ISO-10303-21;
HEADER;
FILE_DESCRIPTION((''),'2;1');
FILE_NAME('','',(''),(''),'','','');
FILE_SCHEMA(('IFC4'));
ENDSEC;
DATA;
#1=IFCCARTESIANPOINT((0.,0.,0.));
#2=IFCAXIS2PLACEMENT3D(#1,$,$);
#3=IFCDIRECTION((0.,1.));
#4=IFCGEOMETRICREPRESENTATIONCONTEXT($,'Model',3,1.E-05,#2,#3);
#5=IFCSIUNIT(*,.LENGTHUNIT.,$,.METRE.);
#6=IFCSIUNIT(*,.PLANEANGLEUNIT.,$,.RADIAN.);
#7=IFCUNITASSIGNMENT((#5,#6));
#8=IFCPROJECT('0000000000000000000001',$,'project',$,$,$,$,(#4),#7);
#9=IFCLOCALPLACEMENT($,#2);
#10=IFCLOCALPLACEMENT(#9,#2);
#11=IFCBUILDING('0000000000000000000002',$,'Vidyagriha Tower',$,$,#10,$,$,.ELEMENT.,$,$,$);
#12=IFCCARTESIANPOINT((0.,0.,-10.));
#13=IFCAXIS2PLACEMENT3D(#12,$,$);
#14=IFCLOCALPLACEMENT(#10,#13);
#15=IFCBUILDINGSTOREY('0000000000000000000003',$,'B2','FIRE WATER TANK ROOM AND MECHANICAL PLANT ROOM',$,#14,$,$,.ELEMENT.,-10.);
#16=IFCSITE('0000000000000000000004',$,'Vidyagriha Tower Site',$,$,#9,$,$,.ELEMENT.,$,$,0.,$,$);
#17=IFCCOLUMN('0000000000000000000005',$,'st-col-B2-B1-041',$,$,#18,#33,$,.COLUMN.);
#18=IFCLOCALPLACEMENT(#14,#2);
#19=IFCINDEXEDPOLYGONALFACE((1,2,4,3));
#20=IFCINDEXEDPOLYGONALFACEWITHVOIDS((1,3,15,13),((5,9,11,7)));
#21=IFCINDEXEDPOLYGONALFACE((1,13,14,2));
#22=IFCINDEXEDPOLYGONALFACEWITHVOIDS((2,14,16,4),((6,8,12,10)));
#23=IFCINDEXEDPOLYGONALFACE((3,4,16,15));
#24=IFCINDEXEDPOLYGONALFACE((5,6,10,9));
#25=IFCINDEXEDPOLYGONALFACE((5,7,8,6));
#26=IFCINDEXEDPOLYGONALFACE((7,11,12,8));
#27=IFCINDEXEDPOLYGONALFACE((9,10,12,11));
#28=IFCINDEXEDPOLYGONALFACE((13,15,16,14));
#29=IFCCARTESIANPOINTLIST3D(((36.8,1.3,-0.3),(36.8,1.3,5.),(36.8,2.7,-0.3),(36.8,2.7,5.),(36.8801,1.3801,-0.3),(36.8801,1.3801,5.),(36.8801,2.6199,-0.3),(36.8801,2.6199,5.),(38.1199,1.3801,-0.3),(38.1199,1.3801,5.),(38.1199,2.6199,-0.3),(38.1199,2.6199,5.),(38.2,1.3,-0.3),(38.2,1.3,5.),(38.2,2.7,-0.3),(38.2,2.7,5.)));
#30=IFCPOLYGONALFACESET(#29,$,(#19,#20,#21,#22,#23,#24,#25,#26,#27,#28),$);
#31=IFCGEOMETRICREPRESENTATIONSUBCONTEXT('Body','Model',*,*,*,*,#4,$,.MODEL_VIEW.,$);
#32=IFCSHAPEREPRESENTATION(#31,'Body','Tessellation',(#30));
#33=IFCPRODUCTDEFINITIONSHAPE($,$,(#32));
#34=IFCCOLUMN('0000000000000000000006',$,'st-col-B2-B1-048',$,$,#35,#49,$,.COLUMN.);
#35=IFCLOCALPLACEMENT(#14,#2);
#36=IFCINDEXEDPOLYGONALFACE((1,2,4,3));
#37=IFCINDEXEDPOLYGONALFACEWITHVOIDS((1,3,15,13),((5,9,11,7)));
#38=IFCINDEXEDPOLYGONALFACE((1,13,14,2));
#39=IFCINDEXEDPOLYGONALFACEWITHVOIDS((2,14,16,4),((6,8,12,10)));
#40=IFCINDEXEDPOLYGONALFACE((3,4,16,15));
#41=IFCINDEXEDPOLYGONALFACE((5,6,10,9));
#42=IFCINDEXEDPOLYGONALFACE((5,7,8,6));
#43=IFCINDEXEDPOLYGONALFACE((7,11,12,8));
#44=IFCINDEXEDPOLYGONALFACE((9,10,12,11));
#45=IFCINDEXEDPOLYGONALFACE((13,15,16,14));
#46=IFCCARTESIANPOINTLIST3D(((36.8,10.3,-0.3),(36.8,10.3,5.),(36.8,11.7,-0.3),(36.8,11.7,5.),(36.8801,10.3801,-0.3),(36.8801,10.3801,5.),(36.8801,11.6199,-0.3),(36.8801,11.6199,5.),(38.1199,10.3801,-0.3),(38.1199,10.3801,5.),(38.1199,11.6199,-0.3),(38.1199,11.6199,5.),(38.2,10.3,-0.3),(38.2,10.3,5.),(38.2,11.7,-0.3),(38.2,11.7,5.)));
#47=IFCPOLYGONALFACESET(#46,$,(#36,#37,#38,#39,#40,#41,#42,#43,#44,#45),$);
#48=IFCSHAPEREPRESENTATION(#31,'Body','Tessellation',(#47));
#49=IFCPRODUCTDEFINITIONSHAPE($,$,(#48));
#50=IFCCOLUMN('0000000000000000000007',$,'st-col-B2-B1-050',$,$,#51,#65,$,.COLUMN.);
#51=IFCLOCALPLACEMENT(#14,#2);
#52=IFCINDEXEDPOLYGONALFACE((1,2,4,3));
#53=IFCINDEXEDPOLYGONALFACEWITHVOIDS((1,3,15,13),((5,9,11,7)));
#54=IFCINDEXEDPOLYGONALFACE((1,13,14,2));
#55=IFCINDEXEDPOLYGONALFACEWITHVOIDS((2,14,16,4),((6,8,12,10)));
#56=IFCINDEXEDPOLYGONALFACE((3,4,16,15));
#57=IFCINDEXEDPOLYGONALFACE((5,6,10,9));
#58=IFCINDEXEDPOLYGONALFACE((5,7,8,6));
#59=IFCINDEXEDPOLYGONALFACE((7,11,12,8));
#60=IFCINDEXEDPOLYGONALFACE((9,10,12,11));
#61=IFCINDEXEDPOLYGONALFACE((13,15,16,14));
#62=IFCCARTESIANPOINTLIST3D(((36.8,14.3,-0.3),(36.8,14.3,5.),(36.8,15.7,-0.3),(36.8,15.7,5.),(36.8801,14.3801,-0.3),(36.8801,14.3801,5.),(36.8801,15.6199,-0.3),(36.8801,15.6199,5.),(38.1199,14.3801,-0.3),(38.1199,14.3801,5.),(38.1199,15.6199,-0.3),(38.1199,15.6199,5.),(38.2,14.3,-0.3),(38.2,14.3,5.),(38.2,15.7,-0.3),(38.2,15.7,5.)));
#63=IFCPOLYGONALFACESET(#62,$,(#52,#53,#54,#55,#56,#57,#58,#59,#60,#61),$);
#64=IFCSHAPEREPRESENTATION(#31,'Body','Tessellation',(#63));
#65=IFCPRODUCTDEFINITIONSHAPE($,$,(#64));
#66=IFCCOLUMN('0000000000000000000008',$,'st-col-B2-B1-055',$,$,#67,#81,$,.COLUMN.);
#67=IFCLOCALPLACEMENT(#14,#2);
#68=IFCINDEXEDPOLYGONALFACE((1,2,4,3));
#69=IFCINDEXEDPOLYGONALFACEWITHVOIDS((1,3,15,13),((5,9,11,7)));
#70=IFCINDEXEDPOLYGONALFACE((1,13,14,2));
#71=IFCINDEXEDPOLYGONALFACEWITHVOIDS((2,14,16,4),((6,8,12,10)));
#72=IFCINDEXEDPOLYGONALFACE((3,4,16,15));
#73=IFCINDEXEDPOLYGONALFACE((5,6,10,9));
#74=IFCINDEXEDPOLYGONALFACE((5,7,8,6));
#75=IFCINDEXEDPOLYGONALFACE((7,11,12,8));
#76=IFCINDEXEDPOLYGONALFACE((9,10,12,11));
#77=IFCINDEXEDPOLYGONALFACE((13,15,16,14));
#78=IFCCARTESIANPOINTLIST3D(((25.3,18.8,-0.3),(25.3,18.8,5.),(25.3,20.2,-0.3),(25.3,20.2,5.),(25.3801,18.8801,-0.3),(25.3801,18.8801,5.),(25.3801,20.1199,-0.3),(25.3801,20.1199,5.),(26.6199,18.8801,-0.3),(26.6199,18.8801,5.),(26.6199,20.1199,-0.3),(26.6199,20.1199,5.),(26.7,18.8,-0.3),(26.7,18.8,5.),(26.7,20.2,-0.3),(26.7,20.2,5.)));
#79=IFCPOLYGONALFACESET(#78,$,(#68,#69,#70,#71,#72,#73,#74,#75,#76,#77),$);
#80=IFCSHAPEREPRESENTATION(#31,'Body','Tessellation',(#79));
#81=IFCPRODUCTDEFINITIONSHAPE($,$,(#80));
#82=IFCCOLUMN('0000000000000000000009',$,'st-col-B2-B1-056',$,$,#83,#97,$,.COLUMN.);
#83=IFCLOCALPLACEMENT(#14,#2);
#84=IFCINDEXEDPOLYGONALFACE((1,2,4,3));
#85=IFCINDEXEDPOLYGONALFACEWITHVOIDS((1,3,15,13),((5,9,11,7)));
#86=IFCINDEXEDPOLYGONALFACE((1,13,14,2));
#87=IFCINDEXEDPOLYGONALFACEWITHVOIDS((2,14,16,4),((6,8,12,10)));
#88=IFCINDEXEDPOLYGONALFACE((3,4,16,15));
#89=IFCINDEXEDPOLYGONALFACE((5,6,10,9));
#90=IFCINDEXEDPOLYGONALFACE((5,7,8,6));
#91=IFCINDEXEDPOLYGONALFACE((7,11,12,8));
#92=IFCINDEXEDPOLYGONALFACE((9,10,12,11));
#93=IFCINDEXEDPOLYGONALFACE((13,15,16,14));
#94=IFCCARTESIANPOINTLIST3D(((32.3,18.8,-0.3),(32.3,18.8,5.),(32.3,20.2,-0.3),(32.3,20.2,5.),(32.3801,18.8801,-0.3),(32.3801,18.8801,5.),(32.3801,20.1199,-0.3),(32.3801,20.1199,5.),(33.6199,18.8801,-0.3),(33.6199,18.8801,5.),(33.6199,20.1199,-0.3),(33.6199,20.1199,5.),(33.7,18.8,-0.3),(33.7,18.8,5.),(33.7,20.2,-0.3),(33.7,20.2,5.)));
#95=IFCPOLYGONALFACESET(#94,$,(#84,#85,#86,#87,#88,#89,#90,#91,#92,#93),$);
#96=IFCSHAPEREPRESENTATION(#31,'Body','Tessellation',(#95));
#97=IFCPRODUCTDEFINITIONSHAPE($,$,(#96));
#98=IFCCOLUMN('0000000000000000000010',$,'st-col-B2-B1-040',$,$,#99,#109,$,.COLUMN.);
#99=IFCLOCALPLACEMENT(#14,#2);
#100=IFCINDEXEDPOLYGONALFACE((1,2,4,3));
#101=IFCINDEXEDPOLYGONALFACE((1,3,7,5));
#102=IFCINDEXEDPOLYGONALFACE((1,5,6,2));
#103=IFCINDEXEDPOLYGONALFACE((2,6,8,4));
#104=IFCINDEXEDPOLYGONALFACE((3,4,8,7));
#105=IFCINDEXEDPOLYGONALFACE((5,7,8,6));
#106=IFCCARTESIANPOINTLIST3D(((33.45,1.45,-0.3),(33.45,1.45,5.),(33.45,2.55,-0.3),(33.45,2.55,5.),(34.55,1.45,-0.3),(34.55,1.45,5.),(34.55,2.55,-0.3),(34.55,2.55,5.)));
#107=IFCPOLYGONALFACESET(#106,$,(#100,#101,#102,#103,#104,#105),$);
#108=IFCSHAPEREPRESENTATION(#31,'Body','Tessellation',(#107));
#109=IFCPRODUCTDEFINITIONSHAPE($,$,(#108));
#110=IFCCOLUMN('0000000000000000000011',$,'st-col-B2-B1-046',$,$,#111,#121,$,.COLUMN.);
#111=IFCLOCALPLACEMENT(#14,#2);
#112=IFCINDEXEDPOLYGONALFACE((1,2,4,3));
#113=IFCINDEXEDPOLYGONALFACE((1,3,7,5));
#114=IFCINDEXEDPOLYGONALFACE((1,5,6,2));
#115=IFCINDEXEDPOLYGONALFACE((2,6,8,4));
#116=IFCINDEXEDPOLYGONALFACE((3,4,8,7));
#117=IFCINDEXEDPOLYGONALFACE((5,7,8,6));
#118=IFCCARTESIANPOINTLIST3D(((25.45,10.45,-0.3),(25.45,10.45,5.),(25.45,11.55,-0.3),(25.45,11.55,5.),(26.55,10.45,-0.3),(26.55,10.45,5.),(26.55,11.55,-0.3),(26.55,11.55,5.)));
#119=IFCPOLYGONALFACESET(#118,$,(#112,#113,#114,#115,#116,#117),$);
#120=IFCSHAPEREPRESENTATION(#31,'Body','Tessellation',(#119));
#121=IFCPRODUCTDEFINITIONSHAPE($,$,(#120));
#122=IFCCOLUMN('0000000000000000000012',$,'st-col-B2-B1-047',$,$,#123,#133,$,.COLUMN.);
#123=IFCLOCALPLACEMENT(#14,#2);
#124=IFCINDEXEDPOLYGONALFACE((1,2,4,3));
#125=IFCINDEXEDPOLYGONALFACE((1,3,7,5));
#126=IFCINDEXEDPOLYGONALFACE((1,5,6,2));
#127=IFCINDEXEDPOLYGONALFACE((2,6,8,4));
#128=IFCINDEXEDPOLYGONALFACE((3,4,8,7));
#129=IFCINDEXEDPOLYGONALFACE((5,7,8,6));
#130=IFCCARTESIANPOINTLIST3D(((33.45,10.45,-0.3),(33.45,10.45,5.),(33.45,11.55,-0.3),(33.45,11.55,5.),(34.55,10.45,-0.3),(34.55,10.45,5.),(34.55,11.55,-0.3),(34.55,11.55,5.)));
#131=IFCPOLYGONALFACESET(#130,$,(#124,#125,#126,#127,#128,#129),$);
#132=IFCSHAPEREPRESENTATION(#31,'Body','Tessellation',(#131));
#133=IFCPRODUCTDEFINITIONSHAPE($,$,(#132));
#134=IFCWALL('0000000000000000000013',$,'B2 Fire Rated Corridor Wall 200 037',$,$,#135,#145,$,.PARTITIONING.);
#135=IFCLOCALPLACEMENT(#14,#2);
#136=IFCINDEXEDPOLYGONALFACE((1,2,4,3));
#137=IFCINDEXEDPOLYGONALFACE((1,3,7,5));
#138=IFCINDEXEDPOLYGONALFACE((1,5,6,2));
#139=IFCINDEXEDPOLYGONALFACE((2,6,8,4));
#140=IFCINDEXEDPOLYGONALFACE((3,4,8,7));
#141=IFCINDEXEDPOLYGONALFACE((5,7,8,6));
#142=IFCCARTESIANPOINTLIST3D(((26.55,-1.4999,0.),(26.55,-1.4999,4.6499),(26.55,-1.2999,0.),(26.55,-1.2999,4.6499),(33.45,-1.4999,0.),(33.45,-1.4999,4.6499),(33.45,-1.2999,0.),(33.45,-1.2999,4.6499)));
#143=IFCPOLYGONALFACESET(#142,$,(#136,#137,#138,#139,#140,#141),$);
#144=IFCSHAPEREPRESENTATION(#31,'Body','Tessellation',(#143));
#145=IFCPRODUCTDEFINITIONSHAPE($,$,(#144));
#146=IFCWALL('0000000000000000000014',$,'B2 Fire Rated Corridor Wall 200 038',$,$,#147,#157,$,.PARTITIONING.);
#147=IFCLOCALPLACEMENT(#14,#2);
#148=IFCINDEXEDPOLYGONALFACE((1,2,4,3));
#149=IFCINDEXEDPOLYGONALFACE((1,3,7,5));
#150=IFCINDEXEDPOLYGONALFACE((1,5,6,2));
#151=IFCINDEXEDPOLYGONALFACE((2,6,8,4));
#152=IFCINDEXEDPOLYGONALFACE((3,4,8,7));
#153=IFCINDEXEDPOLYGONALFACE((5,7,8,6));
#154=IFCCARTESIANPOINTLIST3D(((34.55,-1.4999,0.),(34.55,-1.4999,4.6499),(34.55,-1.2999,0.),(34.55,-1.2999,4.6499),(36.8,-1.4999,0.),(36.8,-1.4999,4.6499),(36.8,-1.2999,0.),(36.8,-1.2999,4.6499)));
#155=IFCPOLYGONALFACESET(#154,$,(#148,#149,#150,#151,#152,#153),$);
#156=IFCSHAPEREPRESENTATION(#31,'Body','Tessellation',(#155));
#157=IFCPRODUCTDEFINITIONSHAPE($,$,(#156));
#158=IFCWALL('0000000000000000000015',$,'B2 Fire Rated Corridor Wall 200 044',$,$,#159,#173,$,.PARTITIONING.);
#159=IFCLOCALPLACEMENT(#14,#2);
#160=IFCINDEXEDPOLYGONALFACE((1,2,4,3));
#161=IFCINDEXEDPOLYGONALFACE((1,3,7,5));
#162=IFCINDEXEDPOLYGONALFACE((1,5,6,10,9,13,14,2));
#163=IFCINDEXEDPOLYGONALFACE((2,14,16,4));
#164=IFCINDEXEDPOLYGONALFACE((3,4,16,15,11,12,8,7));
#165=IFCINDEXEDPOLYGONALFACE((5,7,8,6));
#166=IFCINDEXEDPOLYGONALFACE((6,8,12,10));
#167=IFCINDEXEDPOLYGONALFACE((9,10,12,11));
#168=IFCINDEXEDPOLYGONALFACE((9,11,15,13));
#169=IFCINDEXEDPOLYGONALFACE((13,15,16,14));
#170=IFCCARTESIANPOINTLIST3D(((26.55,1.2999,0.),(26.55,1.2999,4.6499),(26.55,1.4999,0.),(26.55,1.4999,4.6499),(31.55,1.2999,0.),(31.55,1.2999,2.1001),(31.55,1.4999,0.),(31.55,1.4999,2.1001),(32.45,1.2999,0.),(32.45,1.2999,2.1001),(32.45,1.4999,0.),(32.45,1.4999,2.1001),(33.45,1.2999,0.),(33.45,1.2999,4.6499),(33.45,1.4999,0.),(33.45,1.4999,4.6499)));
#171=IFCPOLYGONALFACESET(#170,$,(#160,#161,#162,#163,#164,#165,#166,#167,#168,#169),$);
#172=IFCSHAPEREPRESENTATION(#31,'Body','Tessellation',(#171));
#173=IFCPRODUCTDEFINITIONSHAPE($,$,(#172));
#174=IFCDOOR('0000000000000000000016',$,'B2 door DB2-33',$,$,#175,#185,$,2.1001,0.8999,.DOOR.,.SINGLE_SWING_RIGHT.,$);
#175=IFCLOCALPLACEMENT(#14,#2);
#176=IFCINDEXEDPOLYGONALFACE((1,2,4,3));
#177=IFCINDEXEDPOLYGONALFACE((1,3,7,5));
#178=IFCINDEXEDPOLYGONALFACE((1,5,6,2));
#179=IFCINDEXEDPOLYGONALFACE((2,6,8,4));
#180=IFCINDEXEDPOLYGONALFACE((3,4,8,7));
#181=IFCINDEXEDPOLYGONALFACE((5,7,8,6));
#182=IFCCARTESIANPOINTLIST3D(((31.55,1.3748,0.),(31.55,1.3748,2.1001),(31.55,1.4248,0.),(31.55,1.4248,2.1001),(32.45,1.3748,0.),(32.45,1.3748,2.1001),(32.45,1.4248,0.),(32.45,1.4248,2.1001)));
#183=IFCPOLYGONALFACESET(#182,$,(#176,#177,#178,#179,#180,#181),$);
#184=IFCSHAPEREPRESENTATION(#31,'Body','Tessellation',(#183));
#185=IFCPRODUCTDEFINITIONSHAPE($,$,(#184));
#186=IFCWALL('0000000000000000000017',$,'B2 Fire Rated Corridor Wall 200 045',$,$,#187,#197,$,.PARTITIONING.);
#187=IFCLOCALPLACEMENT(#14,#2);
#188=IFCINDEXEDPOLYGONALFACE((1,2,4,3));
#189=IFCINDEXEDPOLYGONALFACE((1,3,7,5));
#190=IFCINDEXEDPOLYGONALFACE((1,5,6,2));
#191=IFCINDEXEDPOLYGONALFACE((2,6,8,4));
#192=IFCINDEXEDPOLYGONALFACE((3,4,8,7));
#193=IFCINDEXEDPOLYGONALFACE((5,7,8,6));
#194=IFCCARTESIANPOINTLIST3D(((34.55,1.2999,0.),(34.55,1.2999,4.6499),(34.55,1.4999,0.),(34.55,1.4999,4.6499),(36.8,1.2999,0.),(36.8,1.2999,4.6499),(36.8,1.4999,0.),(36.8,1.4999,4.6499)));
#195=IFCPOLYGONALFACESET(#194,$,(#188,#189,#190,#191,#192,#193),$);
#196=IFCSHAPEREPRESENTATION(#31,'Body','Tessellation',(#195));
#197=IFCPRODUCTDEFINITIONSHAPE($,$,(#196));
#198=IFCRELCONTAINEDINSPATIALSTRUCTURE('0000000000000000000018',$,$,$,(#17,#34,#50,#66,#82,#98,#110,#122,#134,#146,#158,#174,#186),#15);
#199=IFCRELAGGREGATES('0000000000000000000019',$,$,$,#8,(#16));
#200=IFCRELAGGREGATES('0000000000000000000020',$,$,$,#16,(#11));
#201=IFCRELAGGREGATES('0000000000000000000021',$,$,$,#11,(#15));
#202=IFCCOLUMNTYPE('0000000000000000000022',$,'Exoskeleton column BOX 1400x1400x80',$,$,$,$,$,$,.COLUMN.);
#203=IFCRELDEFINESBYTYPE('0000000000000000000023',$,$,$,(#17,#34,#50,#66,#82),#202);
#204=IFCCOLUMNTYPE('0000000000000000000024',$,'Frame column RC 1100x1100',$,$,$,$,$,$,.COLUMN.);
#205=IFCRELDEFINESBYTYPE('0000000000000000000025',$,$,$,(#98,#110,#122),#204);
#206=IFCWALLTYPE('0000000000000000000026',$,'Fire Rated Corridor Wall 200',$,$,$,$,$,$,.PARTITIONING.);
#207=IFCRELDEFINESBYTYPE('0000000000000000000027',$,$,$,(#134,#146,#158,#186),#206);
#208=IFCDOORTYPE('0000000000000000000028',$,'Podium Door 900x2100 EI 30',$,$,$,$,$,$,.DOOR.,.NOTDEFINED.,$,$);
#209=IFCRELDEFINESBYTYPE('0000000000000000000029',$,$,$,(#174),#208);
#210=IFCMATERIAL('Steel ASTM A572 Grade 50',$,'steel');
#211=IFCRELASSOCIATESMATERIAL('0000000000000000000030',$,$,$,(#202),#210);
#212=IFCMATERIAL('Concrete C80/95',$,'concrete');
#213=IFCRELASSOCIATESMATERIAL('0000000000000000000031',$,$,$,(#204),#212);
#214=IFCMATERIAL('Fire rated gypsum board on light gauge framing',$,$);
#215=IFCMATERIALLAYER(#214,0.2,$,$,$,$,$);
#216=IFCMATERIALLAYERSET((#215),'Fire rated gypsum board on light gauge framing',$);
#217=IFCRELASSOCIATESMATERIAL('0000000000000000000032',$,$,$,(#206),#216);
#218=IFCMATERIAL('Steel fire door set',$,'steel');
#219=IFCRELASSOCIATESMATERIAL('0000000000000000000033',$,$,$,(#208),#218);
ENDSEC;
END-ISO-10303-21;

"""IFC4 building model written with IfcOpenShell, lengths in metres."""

from ifc_helpers import new_model, si_unit, direction, frame, frame_2d, origin, origin_2d, place, context, subcontext, project, spatial, rectangle, hollow_rectangle, extrude, material, layer, layer_set, material_profile, profile_set, type_object, element, fill, save


model = new_model("IFC4")

# Units and contexts
model_context = context("Model", 3, precision=1e-05, world=origin(), true_north=direction((0.0, 1.0)))
body_context = subcontext(model_context, "Body", "Model", "MODEL_VIEW")
ifc_project = project(units=[si_unit("LENGTHUNIT", "METRE"), si_unit("PLANEANGLEUNIT", "RADIAN")], contexts=[model_context])

# Site, building, storey
site_placement = place(None, origin())
site = spatial("IfcSite", under=ifc_project, at=site_placement, Name="Vidyagriha Tower Site", CompositionType="ELEMENT", RefElevation=0.0)
building_placement = place(site_placement, origin())
building = spatial("IfcBuilding", under=site, at=building_placement, Name="Vidyagriha Tower", CompositionType="ELEMENT")
storey_placement = place(building_placement, frame((0.0, 0.0, -10.0)))
storey = spatial("IfcBuildingStorey", under=building, at=storey_placement, Name="B2", Description="FIRE WATER TANK ROOM AND MECHANICAL PLANT ROOM", CompositionType="ELEMENT", Elevation=-10.0)

# Columns
ifc_material_1 = material(Name="Steel ASTM A572 Grade 50", Category="steel")
ifc_material_profile_1 = material_profile(ifc_material_1, hollow_rectangle(XDim=1.3999, YDim=1.3999, WallThickness=0.0801, at=origin_2d()), Name="BOX 1400x1400x80")
ifc_profile_set_1 = profile_set([ifc_material_profile_1], Name="Steel ASTM A572 Grade 50")
column_type_1 = type_object("IfcColumnType", Name="Exoskeleton column BOX 1400x1400x80", PredefinedType="COLUMN", material=ifc_profile_set_1)
for number, where, name in (
    (1, (37.5, 2.0, -0.3), "st-col-B2-B1-041"),
    (2, (37.5, 11.0, -0.3), "st-col-B2-B1-048"),
    (3, (37.5, 15.0, -0.3), "st-col-B2-B1-050"),
    (4, (26.0, 19.5, -0.3), "st-col-B2-B1-055"),
    (5, (33.0, 19.5, -0.3), "st-col-B2-B1-056"),
):
    element("IfcColumn", number, at=place(storey_placement, frame(where)), inside=storey, type_object=column_type_1, Name=name, PredefinedType="COLUMN", context=body_context, shape_type="SweptSolid", body=[
        extrude(hollow_rectangle(XDim=1.3999, YDim=1.3999, WallThickness=0.0801, at=origin_2d()), origin(), (0.0, 0.0, 1.0), 5.3),
    ])
ifc_material_2 = material(Name="Concrete C80/95", Category="concrete")
ifc_material_profile_2 = material_profile(ifc_material_2, rectangle(XDim=1.1001, YDim=1.1001, at=origin_2d()), Name="RC 1100x1100")
ifc_profile_set_2 = profile_set([ifc_material_profile_2], Name="Concrete C80/95")
column_type_2 = type_object("IfcColumnType", Name="Frame column RC 1100x1100", PredefinedType="COLUMN", material=ifc_profile_set_2)
for number, where, name in (
    (6, (34.0, 2.0, -0.3), "st-col-B2-B1-040"),
    (7, (26.0, 11.0, -0.3), "st-col-B2-B1-046"),
    (8, (34.0, 11.0, -0.3), "st-col-B2-B1-047"),
):
    element("IfcColumn", number, at=place(storey_placement, frame(where)), inside=storey, type_object=column_type_2, Name=name, PredefinedType="COLUMN", context=body_context, shape_type="SweptSolid", body=[
        extrude(rectangle(XDim=1.1001, YDim=1.1001, at=origin_2d()), origin(), (0.0, 0.0, 1.0), 5.3),
    ])

# Walls
ifc_material_3 = material(Name="Fire rated gypsum board on light gauge framing")
ifc_layer = layer(ifc_material_3, 0.2)
ifc_layer_set = layer_set([ifc_layer], Name="Fire rated gypsum board on light gauge framing")
wall_type = type_object("IfcWallType", Name="Fire Rated Corridor Wall 200", PredefinedType="PARTITIONING", material=ifc_layer_set)
wall_1_placement = place(storey_placement, frame((26.55, -1.3999, 0.0)))
element("IfcWall", 9, at=wall_1_placement, inside=storey, type_object=wall_type, Name="B2 Fire Rated Corridor Wall 200 037", PredefinedType="PARTITIONING", context=body_context, shape_type="SweptSolid", body=[
    extrude(rectangle(XDim=6.8999, YDim=0.2, at=frame_2d((3.45, 0.0))), origin(), (0.0, 0.0, 1.0), 4.6499),
])
wall_2_placement = place(storey_placement, frame((34.55, -1.3999, 0.0)))
element("IfcWall", 10, at=wall_2_placement, inside=storey, type_object=wall_type, Name="B2 Fire Rated Corridor Wall 200 038", PredefinedType="PARTITIONING", context=body_context, shape_type="SweptSolid", body=[
    extrude(rectangle(XDim=2.25, YDim=0.2, at=frame_2d((1.125, 0.0))), origin(), (0.0, 0.0, 1.0), 4.6499),
])

# Wall, opening, door
wall_3_placement = place(storey_placement, frame((26.55, 1.3999, 0.0)))
wall_3 = element("IfcWall", 11, at=wall_3_placement, inside=storey, type_object=wall_type, Name="B2 Fire Rated Corridor Wall 200 044", PredefinedType="PARTITIONING", context=body_context, shape_type="SweptSolid", body=[
    extrude(rectangle(XDim=6.8999, YDim=0.2, at=frame_2d((3.45, 0.0))), origin(), (0.0, 0.0, 1.0), 4.6499),
])
opening_1_placement = place(wall_3_placement, frame((5.0, 0.0, 0.0)))
opening_1 = element("IfcOpeningElement", 12, at=opening_1_placement, cuts=wall_3, PredefinedType="OPENING", context=body_context, shape_type="SweptSolid", body=[
    extrude(rectangle(XDim=0.8999, YDim=2.1001, at=frame_2d((0.45, 1.05))), frame((0.0, 0.1099, 0.0), z_axis=(0.0, -1.0, 0.0), x_axis=(1.0, 0.0, 0.0)), (0.0, 0.0, 1.0), 0.22),
])
ifc_material_4 = material(Name="Steel fire door set", Category="steel")
door_type_1 = type_object("IfcDoorType", Name="Podium Door 900x2100 EI 30", OperationType="NOTDEFINED", PredefinedType="DOOR", material=ifc_material_4)
door_1_placement = place(opening_1_placement, origin())
door_1 = element("IfcDoor", 13, at=door_1_placement, inside=storey, type_object=door_type_1, Name="B2 door DB2-33", OperationType="SINGLE_SWING_RIGHT", OverallHeight=2.1001, OverallWidth=0.8999, PredefinedType="DOOR", context=body_context, shape_type="SweptSolid", body=[
    extrude(rectangle(XDim=0.8999, YDim=2.1001, at=frame_2d((0.45, 1.05))), frame((0.0, 0.0249, 0.0), z_axis=(0.0, -1.0, 0.0), x_axis=(1.0, 0.0, 0.0)), (0.0, 0.0, 1.0), 0.05),
])
fill(opening_1, door_1)

# Wall
wall_4_placement = place(storey_placement, frame((34.55, 1.3999, 0.0)))
element("IfcWall", 14, at=wall_4_placement, inside=storey, type_object=wall_type, Name="B2 Fire Rated Corridor Wall 200 045", PredefinedType="PARTITIONING", context=body_context, shape_type="SweptSolid", body=[
    extrude(rectangle(XDim=2.25, YDim=0.2, at=frame_2d((1.125, 0.0))), origin(), (0.0, 0.0, 1.0), 4.6499),
])

save(model, "model.ifc")
